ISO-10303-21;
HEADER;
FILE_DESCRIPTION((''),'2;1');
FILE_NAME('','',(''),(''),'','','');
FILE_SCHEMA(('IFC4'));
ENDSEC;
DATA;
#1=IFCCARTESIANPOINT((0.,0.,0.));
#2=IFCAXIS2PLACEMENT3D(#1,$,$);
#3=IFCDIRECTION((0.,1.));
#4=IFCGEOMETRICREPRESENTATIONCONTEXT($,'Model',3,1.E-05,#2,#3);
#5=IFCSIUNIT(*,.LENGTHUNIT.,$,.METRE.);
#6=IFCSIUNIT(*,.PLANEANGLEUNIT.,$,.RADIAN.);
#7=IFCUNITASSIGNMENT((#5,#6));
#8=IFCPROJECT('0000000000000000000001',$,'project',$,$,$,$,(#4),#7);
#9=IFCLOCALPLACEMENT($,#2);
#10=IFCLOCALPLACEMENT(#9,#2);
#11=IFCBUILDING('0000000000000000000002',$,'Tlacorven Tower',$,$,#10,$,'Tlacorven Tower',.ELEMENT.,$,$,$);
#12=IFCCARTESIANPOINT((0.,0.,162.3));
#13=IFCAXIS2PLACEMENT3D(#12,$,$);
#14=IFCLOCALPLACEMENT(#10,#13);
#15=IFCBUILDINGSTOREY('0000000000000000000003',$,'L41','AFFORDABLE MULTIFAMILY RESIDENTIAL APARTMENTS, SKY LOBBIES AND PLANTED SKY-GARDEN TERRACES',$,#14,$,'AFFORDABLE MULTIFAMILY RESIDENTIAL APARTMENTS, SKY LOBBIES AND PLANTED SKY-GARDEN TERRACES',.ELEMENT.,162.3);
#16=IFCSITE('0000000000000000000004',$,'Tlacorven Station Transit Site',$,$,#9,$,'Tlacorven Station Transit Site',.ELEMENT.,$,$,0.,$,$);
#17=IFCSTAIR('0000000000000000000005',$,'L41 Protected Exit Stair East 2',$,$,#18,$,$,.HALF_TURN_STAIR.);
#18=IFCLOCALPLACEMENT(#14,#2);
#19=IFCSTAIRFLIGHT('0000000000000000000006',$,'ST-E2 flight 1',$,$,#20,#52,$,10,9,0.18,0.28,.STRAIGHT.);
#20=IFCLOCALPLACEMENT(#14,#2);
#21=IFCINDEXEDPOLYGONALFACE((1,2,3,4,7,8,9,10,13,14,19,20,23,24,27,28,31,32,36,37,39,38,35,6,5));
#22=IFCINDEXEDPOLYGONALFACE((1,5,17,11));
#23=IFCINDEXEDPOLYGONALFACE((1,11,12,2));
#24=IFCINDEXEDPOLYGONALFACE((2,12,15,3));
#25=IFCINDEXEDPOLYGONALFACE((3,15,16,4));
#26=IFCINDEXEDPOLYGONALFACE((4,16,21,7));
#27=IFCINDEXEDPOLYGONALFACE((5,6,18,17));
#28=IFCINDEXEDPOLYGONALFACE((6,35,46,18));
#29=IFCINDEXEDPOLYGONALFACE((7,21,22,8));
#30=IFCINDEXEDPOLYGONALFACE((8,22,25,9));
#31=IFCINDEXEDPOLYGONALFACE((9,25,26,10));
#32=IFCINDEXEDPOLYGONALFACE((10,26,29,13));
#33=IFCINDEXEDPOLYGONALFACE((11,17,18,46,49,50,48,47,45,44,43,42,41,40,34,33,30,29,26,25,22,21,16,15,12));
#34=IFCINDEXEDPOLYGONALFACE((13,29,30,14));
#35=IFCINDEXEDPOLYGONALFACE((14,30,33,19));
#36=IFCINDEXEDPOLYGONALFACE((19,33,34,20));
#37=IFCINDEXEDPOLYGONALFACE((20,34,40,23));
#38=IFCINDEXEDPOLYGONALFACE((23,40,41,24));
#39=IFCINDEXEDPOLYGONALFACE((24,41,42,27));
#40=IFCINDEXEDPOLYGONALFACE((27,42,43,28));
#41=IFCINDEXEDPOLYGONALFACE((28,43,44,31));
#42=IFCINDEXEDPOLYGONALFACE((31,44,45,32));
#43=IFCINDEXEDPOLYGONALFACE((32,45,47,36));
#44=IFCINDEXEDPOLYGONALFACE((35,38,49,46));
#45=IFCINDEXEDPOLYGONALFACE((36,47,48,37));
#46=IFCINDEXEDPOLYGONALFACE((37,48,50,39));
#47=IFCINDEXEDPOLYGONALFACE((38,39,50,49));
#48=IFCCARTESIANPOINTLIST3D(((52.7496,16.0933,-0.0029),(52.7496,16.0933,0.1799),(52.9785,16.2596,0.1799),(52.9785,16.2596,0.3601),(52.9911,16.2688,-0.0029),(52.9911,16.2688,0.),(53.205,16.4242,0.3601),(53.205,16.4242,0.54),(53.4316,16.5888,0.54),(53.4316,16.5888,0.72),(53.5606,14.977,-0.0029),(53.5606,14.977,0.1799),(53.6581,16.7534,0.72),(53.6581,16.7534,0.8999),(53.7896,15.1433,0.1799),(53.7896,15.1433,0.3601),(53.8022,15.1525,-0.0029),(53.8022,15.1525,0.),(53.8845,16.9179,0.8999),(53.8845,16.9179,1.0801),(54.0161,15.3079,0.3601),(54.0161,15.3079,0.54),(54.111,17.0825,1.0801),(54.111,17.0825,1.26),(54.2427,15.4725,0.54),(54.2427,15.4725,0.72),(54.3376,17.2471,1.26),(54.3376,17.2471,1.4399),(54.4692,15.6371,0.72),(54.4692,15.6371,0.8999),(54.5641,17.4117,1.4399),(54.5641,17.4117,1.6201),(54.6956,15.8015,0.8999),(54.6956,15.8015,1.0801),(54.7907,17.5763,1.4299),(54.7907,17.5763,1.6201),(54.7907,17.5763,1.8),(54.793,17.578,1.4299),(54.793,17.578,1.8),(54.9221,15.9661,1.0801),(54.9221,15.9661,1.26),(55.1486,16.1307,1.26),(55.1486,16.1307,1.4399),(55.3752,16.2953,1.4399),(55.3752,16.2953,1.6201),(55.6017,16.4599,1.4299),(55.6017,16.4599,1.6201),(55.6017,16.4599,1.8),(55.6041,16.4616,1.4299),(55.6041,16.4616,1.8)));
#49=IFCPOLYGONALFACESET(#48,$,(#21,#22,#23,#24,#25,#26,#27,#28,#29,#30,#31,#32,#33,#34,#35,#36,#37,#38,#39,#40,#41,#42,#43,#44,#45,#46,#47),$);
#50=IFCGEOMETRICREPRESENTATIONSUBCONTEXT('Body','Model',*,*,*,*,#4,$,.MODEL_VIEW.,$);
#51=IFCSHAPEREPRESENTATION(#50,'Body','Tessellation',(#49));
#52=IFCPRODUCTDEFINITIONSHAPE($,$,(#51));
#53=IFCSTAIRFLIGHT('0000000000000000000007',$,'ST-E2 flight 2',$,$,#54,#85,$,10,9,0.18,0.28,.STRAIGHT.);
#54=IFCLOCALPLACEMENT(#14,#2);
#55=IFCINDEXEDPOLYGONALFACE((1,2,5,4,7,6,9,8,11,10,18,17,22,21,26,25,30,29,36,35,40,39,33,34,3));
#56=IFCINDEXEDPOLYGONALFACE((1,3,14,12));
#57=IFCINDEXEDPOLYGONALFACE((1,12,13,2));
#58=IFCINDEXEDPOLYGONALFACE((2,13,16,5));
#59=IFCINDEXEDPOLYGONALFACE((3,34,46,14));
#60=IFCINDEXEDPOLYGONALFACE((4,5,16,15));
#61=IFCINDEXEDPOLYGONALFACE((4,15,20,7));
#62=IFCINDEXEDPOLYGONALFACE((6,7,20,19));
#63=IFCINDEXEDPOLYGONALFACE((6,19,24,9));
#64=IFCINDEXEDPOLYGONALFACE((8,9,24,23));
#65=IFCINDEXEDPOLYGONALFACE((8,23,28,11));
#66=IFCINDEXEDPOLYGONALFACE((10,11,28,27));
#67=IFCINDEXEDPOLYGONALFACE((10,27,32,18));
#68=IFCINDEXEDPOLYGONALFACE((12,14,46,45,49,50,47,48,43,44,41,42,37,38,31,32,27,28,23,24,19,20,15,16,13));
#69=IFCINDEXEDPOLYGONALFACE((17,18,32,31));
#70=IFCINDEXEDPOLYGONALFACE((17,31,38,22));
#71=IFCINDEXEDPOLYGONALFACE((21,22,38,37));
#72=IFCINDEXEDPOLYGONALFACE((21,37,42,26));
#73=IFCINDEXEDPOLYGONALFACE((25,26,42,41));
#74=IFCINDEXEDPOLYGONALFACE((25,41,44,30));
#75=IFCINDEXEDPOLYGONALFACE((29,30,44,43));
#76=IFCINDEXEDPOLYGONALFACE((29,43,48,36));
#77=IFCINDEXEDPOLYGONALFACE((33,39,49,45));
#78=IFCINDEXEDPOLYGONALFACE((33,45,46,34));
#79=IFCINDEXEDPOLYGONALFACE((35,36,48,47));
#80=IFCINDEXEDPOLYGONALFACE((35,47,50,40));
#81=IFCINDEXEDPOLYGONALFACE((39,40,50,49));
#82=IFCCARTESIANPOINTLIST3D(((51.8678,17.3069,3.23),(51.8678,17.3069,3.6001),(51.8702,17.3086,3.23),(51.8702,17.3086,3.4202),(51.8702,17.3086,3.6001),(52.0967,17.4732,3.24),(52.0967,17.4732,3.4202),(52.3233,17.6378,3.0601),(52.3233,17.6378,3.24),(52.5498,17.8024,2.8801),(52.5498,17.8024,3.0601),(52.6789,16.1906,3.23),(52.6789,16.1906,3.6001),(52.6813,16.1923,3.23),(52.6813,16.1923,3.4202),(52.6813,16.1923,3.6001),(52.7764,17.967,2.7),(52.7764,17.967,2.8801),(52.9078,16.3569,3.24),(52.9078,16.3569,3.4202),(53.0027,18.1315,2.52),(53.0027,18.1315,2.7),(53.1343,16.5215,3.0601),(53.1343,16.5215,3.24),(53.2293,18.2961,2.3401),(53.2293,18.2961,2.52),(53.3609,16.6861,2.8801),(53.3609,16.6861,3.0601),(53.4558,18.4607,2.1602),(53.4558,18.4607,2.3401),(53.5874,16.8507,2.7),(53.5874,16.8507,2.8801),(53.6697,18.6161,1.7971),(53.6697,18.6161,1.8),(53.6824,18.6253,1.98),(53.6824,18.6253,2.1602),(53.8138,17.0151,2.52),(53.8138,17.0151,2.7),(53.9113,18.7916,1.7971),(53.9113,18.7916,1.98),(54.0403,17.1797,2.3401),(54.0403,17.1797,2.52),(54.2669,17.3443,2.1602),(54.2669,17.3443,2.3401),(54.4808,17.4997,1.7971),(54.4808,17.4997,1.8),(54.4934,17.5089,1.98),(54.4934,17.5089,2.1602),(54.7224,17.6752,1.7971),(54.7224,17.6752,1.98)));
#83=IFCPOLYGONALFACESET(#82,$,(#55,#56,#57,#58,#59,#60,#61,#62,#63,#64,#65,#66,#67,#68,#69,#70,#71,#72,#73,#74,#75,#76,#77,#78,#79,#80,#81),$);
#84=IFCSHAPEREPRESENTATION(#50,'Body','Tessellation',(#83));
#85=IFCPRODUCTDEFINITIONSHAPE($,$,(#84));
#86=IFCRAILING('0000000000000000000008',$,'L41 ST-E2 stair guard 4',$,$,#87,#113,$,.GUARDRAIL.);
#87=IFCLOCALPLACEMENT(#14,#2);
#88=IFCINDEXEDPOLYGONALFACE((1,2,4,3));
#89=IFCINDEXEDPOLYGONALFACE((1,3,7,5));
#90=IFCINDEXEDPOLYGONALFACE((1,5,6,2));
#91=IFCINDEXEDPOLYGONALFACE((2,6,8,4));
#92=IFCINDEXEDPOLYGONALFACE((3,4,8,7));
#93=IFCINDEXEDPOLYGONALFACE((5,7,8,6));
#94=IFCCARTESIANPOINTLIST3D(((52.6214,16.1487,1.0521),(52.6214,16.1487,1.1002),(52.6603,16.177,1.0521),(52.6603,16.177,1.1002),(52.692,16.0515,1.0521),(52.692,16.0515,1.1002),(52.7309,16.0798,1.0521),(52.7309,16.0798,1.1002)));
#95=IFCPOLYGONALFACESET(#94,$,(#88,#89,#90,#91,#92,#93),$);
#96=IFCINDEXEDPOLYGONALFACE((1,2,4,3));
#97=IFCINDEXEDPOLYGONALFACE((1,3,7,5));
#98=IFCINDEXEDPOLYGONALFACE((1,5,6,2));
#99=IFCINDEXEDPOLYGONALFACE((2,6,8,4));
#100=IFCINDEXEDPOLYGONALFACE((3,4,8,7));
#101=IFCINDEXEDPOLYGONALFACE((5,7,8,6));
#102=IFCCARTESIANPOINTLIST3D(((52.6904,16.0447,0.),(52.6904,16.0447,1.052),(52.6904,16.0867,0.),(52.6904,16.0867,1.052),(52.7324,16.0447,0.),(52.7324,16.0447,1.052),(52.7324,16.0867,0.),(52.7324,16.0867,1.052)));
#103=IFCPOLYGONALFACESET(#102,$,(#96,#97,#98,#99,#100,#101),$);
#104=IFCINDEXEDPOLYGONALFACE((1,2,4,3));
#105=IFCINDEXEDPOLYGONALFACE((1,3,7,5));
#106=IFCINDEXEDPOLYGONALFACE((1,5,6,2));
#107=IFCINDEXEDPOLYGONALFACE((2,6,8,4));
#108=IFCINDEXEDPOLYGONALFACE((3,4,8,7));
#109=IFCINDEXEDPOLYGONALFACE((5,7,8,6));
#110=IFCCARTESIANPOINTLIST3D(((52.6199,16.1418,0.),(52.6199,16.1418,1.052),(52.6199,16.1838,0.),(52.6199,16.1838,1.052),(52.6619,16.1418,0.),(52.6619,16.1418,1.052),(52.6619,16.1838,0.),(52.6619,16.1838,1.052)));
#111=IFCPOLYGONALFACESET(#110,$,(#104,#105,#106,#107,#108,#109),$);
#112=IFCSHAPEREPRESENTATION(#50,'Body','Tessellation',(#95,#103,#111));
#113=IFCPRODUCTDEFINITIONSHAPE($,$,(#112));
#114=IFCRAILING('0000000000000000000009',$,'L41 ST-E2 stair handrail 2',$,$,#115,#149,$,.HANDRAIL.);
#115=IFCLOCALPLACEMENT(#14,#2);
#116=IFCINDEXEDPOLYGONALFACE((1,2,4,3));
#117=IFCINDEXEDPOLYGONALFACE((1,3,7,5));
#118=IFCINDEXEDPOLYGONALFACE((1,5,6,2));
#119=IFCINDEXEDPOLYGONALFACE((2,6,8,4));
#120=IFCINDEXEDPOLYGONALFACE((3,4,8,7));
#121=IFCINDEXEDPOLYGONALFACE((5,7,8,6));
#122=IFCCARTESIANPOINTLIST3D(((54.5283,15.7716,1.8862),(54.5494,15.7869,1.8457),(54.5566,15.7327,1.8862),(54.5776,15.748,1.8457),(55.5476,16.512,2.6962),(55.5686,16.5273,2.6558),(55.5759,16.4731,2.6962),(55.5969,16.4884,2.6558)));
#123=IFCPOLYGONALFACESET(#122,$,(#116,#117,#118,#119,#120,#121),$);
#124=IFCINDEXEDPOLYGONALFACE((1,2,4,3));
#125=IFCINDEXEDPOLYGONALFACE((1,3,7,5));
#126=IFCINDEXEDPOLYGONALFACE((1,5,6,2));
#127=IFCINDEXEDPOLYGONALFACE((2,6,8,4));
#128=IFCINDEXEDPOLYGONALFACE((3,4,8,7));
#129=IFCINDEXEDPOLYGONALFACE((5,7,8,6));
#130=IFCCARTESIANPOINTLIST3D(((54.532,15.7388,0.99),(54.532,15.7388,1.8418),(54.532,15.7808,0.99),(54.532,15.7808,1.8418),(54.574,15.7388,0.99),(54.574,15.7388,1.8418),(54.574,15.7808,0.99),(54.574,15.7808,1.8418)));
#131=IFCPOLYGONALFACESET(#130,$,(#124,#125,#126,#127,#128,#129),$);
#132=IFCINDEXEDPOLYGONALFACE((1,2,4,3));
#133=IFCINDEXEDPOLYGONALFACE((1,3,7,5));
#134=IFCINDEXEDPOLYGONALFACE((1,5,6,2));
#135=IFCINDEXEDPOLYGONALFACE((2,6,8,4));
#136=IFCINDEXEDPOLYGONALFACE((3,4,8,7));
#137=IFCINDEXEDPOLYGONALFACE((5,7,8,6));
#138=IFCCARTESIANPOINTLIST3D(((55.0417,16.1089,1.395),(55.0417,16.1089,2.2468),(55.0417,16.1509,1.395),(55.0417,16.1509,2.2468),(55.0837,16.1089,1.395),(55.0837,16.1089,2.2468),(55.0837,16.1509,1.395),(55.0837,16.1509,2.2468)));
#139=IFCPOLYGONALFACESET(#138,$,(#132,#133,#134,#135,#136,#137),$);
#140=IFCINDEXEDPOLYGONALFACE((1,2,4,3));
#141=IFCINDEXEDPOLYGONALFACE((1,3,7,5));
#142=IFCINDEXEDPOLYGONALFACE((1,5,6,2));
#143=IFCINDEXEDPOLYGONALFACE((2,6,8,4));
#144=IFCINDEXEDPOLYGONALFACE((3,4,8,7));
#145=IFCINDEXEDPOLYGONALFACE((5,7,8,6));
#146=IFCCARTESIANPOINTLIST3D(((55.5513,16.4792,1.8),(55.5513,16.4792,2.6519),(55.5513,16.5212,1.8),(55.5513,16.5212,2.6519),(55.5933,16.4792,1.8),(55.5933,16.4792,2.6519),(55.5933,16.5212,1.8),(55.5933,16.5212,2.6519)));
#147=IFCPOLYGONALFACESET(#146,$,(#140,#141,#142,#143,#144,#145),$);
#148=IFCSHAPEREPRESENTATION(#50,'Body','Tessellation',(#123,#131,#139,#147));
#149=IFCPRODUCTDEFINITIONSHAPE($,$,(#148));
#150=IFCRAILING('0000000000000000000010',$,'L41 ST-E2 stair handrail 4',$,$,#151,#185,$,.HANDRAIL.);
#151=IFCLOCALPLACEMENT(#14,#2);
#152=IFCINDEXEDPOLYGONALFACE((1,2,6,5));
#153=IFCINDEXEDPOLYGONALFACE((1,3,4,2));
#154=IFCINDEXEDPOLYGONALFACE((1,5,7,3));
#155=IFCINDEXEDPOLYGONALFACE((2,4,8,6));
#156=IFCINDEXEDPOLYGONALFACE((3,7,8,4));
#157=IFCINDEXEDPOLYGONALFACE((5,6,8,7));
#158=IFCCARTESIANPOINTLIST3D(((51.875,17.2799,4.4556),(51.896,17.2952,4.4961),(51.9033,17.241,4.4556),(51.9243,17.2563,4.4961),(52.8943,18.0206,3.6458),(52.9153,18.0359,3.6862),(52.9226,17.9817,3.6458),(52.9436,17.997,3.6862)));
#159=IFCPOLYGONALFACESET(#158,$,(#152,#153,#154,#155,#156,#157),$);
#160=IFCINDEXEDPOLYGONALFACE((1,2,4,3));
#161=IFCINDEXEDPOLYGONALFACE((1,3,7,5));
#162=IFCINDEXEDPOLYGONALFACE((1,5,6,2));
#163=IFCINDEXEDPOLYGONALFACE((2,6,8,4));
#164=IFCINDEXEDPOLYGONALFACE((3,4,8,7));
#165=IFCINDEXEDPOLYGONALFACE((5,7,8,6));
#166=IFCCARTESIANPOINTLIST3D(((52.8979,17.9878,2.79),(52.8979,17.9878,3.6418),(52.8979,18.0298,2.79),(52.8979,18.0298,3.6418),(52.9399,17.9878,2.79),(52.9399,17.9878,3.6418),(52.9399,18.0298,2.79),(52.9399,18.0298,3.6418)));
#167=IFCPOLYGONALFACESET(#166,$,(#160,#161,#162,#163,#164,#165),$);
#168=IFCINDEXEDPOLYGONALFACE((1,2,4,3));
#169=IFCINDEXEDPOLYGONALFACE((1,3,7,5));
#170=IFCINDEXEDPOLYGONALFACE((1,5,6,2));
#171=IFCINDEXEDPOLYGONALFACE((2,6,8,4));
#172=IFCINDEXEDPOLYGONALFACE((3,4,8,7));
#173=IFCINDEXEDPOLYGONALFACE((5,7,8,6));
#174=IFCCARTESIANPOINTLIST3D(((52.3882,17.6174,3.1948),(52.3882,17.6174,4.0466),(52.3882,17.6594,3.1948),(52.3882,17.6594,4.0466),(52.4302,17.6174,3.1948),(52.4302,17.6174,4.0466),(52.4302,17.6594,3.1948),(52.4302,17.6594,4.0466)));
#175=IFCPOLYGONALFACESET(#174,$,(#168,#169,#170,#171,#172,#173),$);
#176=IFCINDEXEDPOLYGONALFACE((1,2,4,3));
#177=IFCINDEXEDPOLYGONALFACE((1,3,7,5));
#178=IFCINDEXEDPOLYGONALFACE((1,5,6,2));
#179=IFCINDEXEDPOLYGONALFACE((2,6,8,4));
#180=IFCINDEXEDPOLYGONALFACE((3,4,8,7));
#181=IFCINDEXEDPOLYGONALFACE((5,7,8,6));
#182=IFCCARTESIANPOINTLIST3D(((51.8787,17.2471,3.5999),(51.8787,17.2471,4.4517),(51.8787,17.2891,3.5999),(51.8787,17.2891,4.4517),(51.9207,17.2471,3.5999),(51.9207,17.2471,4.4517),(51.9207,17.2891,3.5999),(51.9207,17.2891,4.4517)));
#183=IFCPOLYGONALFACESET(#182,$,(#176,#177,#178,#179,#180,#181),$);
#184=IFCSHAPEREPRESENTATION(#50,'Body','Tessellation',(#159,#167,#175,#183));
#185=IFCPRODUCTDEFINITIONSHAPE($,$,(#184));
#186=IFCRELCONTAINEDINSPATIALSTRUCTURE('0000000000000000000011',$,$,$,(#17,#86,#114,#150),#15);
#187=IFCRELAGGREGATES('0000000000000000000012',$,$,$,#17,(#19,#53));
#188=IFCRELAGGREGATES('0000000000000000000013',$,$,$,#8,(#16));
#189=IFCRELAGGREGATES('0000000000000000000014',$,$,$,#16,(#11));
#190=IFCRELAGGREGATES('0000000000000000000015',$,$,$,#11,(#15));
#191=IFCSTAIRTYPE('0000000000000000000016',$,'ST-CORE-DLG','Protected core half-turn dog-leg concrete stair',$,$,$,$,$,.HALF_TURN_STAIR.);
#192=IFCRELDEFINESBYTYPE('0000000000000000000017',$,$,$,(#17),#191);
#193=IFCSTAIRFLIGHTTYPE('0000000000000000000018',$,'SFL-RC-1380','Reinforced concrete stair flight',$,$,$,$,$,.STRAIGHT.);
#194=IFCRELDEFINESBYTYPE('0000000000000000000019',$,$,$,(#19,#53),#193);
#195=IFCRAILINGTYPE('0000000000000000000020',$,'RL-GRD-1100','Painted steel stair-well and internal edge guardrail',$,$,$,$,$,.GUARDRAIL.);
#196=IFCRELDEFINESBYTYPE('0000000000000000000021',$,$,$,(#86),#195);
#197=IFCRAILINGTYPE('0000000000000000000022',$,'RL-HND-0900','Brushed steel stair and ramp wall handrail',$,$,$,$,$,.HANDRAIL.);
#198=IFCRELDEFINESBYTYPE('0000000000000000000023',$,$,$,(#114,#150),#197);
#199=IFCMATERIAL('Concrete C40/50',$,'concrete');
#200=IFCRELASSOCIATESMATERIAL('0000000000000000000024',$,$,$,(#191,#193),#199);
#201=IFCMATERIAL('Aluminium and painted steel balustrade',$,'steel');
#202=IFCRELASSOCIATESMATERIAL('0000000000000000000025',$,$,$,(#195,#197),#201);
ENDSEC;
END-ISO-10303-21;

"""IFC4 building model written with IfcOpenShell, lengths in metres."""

from ifc_helpers import new_model, si_unit, direction, frame, origin, origin_2d, place, context, subcontext, project, spatial, polyline, rectangle, outline, extrude, source, transform, mapped, material, type_object, element, aggregate, save


model = new_model("IFC4")

# Units and contexts
model_context = context("Model", 3, precision=1e-05, world=origin(), true_north=direction((0.0, 1.0)))
body_context = subcontext(model_context, "Body", "Model", "MODEL_VIEW")
ifc_project = project(units=[si_unit("LENGTHUNIT", "METRE"), si_unit("PLANEANGLEUNIT", "RADIAN")], contexts=[model_context])

# Site, building, storey
site_placement = place(None, origin())
site = spatial("IfcSite", under=ifc_project, at=site_placement, Name="Tlacorven Station Transit Site", LongName="Tlacorven Station Transit Site", CompositionType="ELEMENT", RefElevation=0.0)
building_placement = place(site_placement, origin())
building = spatial("IfcBuilding", under=site, at=building_placement, Name="Tlacorven Tower", LongName="Tlacorven Tower", CompositionType="ELEMENT")
storey_placement = place(building_placement, frame((0.0, 0.0, 162.3)))
storey = spatial("IfcBuildingStorey", under=building, at=storey_placement, Name="L41", Description="AFFORDABLE MULTIFAMILY RESIDENTIAL APARTMENTS, SKY LOBBIES AND PLANTED SKY-GARDEN TERRACES", LongName="AFFORDABLE MULTIFAMILY RESIDENTIAL APARTMENTS, SKY LOBBIES AND PLANTED SKY-GARDEN TERRACES", CompositionType="ELEMENT", Elevation=162.3)

# Stair, stair flights
ifc_material_1 = material(Name="Concrete C40/50", Category="concrete")
stair_type = type_object("IfcStairType", Name="ST-CORE-DLG", Description="Protected core half-turn dog-leg concrete stair", PredefinedType="HALF_TURN_STAIR", material=ifc_material_1)
stair_placement = place(storey_placement, origin())
stair = element("IfcStair", 1, at=stair_placement, inside=storey, type_object=stair_type, Name="L41 Protected Exit Stair East 2", PredefinedType="HALF_TURN_STAIR")
stair_flight_type = type_object("IfcStairFlightType", Name="SFL-RC-1380", Description="Reinforced concrete stair flight", PredefinedType="STRAIGHT", material=ifc_material_1)
shared_shape_1 = source(origin(), body_context, "Body", "SweptSolid", [
    extrude(outline(polyline([(-0.0029, -0.0029), (-0.0029, 0.1799), (0.28, 0.1799), (0.28, 0.3601), (0.5601, 0.3601), (0.5601, 0.54), (0.8401, 0.54), (0.8401, 0.72), (1.1201, 0.72), (1.1201, 0.8999), (1.3999, 0.8999), (1.3999, 1.0801), (1.6799, 1.0801), (1.6799, 1.26), (1.96, 1.26), (1.96, 1.4399), (2.24, 1.4399), (2.24, 1.6201), (2.52, 1.6201), (2.52, 1.8), (2.5229, 1.8), (2.5229, 1.4299), (2.52, 1.4299), (0.2957, 0.0), (0.2957, -0.0029), (-0.0029, -0.0029)])), frame((0.0, 0.6899, 0.0), z_axis=(0.0, -1.0, 0.0), x_axis=(1.0, 0.0, 0.0)), (0.0, 0.0, 1.0), 1.3799),
])
stair_flight_1_placement = place(storey_placement, frame((53.1575, 15.5369, 0.0), z_axis=(0.0, 0.0, 1.0), x_axis=(0.809017, 0.587785, 0.0)))
stair_flight_1 = element("IfcStairFlight", 2, at=stair_flight_1_placement, type_object=stair_flight_type, Name="ST-E2 flight 1", NumberOfRisers=10, NumberOfTreads=9, PredefinedType="STRAIGHT", RiserHeight=0.18, TreadLength=0.28, context=body_context, shape_type="MappedRepresentation", body=[
    mapped(shared_shape_1, transform((0.0, 0.0, 0.0), scale=1.0)),
])
stair_flight_2_placement = place(storey_placement, frame((54.3145, 18.2317, 1.8), z_axis=(0.0, 0.0, 1.0), x_axis=(-0.809017, -0.587785, 0.0)))
stair_flight_2 = element("IfcStairFlight", 3, at=stair_flight_2_placement, type_object=stair_flight_type, Name="ST-E2 flight 2", NumberOfRisers=10, NumberOfTreads=9, PredefinedType="STRAIGHT", RiserHeight=0.18, TreadLength=0.28, context=body_context, shape_type="MappedRepresentation", body=[
    mapped(shared_shape_1, transform((0.0, 0.0, 0.0), scale=1.0)),
])
aggregate(stair, [stair_flight_1, stair_flight_2])

# Railings
ifc_material_2 = material(Name="Aluminium and painted steel balustrade", Category="steel")
railing_type_1 = type_object("IfcRailingType", Name="RL-GRD-1100", Description="Painted steel stair-well and internal edge guardrail", PredefinedType="GUARDRAIL", material=ifc_material_2)
shared_shape_2 = source(origin(), body_context, "Body", "SweptSolid", [
    extrude(rectangle(XDim=0.0481, YDim=0.0481, at=origin_2d()), frame((0.0, 0.0, 1.0762), z_axis=(-0.587567, 0.809175, 0.0), x_axis=(-0.809175, -0.587567, 0.0)), (0.0, 0.0, 1.0), 0.1201),
    extrude(rectangle(XDim=0.042, YDim=0.042, at=origin_2d()), origin(), (0.0, 0.0, 1.0), 1.052),
    extrude(rectangle(XDim=0.042, YDim=0.042, at=origin_2d()), frame((-0.0706, 0.0972, 0.0)), (0.0, 0.0, 1.0), 1.052),
])
railing_1_placement = place(storey_placement, frame((52.7114, 16.0657, 0.0)))
element("IfcRailing", 4, at=railing_1_placement, inside=storey, type_object=railing_type_1, Name="L41 ST-E2 stair guard 4", PredefinedType="GUARDRAIL", context=body_context, shape_type="MappedRepresentation", body=[
    mapped(shared_shape_2, transform((0.0, 0.0, 0.0), scale=1.0)),
])
railing_type_2 = type_object("IfcRailingType", Name="RL-HND-0900", Description="Brushed steel stair and ramp wall handrail", PredefinedType="HANDRAIL", material=ifc_material_2)
shared_shape_3 = source(origin(), body_context, "Body", "SweptSolid", [
    extrude(rectangle(XDim=0.0481, YDim=0.0481, at=origin_2d()), frame((0.0, 0.0, 0.876), z_axis=(0.680516, 0.494373, 0.540827), x_axis=(-0.587745, 0.809046, 0.0)), (0.0, 0.0, 1.0), 1.4978),
    extrude(rectangle(XDim=0.042, YDim=0.042, at=origin_2d()), origin(), (0.0, 0.0, 1.0), 0.8518),
    extrude(rectangle(XDim=0.042, YDim=0.042, at=origin_2d()), frame((0.5098, 0.3701, 0.405)), (0.0, 0.0, 1.0), 0.8518),
    extrude(rectangle(XDim=0.042, YDim=0.042, at=origin_2d()), frame((1.0193, 0.7405, 0.8101)), (0.0, 0.0, 1.0), 0.8518),
])
railing_2_placement = place(storey_placement, frame((54.553, 15.7598, 0.99)))
element("IfcRailing", 5, at=railing_2_placement, inside=storey, type_object=railing_type_2, Name="L41 ST-E2 stair handrail 2", PredefinedType="HANDRAIL", context=body_context, shape_type="MappedRepresentation", body=[
    mapped(shared_shape_3, transform((0.0, 0.0, 0.0), scale=1.0)),
])
shared_shape_4 = source(origin(), body_context, "Body", "SweptSolid", [
    extrude(rectangle(XDim=0.0481, YDim=0.0481, at=origin_2d()), frame((0.0, 0.0, 0.876), z_axis=(-0.680521, -0.494539, 0.540668), x_axis=(0.587872, -0.808954, 0.0)), (0.0, 0.0, 1.0), 1.4978),
    extrude(rectangle(XDim=0.042, YDim=0.042, at=origin_2d()), origin(), (0.0, 0.0, 1.0), 0.8518),
    extrude(rectangle(XDim=0.042, YDim=0.042, at=origin_2d()), frame((-0.5098, -0.3704, 0.4048)), (0.0, 0.0, 1.0), 0.8518),
    extrude(rectangle(XDim=0.042, YDim=0.042, at=origin_2d()), frame((-1.0193, -0.7407, 0.8098)), (0.0, 0.0, 1.0), 0.8518),
])
railing_3_placement = place(storey_placement, frame((52.9189, 18.0088, 2.79)))
element("IfcRailing", 6, at=railing_3_placement, inside=storey, type_object=railing_type_2, Name="L41 ST-E2 stair handrail 4", PredefinedType="HANDRAIL", context=body_context, shape_type="MappedRepresentation", body=[
    mapped(shared_shape_4, transform((0.0, 0.0, 0.0), scale=1.0)),
])

save(model, "model.ifc")
